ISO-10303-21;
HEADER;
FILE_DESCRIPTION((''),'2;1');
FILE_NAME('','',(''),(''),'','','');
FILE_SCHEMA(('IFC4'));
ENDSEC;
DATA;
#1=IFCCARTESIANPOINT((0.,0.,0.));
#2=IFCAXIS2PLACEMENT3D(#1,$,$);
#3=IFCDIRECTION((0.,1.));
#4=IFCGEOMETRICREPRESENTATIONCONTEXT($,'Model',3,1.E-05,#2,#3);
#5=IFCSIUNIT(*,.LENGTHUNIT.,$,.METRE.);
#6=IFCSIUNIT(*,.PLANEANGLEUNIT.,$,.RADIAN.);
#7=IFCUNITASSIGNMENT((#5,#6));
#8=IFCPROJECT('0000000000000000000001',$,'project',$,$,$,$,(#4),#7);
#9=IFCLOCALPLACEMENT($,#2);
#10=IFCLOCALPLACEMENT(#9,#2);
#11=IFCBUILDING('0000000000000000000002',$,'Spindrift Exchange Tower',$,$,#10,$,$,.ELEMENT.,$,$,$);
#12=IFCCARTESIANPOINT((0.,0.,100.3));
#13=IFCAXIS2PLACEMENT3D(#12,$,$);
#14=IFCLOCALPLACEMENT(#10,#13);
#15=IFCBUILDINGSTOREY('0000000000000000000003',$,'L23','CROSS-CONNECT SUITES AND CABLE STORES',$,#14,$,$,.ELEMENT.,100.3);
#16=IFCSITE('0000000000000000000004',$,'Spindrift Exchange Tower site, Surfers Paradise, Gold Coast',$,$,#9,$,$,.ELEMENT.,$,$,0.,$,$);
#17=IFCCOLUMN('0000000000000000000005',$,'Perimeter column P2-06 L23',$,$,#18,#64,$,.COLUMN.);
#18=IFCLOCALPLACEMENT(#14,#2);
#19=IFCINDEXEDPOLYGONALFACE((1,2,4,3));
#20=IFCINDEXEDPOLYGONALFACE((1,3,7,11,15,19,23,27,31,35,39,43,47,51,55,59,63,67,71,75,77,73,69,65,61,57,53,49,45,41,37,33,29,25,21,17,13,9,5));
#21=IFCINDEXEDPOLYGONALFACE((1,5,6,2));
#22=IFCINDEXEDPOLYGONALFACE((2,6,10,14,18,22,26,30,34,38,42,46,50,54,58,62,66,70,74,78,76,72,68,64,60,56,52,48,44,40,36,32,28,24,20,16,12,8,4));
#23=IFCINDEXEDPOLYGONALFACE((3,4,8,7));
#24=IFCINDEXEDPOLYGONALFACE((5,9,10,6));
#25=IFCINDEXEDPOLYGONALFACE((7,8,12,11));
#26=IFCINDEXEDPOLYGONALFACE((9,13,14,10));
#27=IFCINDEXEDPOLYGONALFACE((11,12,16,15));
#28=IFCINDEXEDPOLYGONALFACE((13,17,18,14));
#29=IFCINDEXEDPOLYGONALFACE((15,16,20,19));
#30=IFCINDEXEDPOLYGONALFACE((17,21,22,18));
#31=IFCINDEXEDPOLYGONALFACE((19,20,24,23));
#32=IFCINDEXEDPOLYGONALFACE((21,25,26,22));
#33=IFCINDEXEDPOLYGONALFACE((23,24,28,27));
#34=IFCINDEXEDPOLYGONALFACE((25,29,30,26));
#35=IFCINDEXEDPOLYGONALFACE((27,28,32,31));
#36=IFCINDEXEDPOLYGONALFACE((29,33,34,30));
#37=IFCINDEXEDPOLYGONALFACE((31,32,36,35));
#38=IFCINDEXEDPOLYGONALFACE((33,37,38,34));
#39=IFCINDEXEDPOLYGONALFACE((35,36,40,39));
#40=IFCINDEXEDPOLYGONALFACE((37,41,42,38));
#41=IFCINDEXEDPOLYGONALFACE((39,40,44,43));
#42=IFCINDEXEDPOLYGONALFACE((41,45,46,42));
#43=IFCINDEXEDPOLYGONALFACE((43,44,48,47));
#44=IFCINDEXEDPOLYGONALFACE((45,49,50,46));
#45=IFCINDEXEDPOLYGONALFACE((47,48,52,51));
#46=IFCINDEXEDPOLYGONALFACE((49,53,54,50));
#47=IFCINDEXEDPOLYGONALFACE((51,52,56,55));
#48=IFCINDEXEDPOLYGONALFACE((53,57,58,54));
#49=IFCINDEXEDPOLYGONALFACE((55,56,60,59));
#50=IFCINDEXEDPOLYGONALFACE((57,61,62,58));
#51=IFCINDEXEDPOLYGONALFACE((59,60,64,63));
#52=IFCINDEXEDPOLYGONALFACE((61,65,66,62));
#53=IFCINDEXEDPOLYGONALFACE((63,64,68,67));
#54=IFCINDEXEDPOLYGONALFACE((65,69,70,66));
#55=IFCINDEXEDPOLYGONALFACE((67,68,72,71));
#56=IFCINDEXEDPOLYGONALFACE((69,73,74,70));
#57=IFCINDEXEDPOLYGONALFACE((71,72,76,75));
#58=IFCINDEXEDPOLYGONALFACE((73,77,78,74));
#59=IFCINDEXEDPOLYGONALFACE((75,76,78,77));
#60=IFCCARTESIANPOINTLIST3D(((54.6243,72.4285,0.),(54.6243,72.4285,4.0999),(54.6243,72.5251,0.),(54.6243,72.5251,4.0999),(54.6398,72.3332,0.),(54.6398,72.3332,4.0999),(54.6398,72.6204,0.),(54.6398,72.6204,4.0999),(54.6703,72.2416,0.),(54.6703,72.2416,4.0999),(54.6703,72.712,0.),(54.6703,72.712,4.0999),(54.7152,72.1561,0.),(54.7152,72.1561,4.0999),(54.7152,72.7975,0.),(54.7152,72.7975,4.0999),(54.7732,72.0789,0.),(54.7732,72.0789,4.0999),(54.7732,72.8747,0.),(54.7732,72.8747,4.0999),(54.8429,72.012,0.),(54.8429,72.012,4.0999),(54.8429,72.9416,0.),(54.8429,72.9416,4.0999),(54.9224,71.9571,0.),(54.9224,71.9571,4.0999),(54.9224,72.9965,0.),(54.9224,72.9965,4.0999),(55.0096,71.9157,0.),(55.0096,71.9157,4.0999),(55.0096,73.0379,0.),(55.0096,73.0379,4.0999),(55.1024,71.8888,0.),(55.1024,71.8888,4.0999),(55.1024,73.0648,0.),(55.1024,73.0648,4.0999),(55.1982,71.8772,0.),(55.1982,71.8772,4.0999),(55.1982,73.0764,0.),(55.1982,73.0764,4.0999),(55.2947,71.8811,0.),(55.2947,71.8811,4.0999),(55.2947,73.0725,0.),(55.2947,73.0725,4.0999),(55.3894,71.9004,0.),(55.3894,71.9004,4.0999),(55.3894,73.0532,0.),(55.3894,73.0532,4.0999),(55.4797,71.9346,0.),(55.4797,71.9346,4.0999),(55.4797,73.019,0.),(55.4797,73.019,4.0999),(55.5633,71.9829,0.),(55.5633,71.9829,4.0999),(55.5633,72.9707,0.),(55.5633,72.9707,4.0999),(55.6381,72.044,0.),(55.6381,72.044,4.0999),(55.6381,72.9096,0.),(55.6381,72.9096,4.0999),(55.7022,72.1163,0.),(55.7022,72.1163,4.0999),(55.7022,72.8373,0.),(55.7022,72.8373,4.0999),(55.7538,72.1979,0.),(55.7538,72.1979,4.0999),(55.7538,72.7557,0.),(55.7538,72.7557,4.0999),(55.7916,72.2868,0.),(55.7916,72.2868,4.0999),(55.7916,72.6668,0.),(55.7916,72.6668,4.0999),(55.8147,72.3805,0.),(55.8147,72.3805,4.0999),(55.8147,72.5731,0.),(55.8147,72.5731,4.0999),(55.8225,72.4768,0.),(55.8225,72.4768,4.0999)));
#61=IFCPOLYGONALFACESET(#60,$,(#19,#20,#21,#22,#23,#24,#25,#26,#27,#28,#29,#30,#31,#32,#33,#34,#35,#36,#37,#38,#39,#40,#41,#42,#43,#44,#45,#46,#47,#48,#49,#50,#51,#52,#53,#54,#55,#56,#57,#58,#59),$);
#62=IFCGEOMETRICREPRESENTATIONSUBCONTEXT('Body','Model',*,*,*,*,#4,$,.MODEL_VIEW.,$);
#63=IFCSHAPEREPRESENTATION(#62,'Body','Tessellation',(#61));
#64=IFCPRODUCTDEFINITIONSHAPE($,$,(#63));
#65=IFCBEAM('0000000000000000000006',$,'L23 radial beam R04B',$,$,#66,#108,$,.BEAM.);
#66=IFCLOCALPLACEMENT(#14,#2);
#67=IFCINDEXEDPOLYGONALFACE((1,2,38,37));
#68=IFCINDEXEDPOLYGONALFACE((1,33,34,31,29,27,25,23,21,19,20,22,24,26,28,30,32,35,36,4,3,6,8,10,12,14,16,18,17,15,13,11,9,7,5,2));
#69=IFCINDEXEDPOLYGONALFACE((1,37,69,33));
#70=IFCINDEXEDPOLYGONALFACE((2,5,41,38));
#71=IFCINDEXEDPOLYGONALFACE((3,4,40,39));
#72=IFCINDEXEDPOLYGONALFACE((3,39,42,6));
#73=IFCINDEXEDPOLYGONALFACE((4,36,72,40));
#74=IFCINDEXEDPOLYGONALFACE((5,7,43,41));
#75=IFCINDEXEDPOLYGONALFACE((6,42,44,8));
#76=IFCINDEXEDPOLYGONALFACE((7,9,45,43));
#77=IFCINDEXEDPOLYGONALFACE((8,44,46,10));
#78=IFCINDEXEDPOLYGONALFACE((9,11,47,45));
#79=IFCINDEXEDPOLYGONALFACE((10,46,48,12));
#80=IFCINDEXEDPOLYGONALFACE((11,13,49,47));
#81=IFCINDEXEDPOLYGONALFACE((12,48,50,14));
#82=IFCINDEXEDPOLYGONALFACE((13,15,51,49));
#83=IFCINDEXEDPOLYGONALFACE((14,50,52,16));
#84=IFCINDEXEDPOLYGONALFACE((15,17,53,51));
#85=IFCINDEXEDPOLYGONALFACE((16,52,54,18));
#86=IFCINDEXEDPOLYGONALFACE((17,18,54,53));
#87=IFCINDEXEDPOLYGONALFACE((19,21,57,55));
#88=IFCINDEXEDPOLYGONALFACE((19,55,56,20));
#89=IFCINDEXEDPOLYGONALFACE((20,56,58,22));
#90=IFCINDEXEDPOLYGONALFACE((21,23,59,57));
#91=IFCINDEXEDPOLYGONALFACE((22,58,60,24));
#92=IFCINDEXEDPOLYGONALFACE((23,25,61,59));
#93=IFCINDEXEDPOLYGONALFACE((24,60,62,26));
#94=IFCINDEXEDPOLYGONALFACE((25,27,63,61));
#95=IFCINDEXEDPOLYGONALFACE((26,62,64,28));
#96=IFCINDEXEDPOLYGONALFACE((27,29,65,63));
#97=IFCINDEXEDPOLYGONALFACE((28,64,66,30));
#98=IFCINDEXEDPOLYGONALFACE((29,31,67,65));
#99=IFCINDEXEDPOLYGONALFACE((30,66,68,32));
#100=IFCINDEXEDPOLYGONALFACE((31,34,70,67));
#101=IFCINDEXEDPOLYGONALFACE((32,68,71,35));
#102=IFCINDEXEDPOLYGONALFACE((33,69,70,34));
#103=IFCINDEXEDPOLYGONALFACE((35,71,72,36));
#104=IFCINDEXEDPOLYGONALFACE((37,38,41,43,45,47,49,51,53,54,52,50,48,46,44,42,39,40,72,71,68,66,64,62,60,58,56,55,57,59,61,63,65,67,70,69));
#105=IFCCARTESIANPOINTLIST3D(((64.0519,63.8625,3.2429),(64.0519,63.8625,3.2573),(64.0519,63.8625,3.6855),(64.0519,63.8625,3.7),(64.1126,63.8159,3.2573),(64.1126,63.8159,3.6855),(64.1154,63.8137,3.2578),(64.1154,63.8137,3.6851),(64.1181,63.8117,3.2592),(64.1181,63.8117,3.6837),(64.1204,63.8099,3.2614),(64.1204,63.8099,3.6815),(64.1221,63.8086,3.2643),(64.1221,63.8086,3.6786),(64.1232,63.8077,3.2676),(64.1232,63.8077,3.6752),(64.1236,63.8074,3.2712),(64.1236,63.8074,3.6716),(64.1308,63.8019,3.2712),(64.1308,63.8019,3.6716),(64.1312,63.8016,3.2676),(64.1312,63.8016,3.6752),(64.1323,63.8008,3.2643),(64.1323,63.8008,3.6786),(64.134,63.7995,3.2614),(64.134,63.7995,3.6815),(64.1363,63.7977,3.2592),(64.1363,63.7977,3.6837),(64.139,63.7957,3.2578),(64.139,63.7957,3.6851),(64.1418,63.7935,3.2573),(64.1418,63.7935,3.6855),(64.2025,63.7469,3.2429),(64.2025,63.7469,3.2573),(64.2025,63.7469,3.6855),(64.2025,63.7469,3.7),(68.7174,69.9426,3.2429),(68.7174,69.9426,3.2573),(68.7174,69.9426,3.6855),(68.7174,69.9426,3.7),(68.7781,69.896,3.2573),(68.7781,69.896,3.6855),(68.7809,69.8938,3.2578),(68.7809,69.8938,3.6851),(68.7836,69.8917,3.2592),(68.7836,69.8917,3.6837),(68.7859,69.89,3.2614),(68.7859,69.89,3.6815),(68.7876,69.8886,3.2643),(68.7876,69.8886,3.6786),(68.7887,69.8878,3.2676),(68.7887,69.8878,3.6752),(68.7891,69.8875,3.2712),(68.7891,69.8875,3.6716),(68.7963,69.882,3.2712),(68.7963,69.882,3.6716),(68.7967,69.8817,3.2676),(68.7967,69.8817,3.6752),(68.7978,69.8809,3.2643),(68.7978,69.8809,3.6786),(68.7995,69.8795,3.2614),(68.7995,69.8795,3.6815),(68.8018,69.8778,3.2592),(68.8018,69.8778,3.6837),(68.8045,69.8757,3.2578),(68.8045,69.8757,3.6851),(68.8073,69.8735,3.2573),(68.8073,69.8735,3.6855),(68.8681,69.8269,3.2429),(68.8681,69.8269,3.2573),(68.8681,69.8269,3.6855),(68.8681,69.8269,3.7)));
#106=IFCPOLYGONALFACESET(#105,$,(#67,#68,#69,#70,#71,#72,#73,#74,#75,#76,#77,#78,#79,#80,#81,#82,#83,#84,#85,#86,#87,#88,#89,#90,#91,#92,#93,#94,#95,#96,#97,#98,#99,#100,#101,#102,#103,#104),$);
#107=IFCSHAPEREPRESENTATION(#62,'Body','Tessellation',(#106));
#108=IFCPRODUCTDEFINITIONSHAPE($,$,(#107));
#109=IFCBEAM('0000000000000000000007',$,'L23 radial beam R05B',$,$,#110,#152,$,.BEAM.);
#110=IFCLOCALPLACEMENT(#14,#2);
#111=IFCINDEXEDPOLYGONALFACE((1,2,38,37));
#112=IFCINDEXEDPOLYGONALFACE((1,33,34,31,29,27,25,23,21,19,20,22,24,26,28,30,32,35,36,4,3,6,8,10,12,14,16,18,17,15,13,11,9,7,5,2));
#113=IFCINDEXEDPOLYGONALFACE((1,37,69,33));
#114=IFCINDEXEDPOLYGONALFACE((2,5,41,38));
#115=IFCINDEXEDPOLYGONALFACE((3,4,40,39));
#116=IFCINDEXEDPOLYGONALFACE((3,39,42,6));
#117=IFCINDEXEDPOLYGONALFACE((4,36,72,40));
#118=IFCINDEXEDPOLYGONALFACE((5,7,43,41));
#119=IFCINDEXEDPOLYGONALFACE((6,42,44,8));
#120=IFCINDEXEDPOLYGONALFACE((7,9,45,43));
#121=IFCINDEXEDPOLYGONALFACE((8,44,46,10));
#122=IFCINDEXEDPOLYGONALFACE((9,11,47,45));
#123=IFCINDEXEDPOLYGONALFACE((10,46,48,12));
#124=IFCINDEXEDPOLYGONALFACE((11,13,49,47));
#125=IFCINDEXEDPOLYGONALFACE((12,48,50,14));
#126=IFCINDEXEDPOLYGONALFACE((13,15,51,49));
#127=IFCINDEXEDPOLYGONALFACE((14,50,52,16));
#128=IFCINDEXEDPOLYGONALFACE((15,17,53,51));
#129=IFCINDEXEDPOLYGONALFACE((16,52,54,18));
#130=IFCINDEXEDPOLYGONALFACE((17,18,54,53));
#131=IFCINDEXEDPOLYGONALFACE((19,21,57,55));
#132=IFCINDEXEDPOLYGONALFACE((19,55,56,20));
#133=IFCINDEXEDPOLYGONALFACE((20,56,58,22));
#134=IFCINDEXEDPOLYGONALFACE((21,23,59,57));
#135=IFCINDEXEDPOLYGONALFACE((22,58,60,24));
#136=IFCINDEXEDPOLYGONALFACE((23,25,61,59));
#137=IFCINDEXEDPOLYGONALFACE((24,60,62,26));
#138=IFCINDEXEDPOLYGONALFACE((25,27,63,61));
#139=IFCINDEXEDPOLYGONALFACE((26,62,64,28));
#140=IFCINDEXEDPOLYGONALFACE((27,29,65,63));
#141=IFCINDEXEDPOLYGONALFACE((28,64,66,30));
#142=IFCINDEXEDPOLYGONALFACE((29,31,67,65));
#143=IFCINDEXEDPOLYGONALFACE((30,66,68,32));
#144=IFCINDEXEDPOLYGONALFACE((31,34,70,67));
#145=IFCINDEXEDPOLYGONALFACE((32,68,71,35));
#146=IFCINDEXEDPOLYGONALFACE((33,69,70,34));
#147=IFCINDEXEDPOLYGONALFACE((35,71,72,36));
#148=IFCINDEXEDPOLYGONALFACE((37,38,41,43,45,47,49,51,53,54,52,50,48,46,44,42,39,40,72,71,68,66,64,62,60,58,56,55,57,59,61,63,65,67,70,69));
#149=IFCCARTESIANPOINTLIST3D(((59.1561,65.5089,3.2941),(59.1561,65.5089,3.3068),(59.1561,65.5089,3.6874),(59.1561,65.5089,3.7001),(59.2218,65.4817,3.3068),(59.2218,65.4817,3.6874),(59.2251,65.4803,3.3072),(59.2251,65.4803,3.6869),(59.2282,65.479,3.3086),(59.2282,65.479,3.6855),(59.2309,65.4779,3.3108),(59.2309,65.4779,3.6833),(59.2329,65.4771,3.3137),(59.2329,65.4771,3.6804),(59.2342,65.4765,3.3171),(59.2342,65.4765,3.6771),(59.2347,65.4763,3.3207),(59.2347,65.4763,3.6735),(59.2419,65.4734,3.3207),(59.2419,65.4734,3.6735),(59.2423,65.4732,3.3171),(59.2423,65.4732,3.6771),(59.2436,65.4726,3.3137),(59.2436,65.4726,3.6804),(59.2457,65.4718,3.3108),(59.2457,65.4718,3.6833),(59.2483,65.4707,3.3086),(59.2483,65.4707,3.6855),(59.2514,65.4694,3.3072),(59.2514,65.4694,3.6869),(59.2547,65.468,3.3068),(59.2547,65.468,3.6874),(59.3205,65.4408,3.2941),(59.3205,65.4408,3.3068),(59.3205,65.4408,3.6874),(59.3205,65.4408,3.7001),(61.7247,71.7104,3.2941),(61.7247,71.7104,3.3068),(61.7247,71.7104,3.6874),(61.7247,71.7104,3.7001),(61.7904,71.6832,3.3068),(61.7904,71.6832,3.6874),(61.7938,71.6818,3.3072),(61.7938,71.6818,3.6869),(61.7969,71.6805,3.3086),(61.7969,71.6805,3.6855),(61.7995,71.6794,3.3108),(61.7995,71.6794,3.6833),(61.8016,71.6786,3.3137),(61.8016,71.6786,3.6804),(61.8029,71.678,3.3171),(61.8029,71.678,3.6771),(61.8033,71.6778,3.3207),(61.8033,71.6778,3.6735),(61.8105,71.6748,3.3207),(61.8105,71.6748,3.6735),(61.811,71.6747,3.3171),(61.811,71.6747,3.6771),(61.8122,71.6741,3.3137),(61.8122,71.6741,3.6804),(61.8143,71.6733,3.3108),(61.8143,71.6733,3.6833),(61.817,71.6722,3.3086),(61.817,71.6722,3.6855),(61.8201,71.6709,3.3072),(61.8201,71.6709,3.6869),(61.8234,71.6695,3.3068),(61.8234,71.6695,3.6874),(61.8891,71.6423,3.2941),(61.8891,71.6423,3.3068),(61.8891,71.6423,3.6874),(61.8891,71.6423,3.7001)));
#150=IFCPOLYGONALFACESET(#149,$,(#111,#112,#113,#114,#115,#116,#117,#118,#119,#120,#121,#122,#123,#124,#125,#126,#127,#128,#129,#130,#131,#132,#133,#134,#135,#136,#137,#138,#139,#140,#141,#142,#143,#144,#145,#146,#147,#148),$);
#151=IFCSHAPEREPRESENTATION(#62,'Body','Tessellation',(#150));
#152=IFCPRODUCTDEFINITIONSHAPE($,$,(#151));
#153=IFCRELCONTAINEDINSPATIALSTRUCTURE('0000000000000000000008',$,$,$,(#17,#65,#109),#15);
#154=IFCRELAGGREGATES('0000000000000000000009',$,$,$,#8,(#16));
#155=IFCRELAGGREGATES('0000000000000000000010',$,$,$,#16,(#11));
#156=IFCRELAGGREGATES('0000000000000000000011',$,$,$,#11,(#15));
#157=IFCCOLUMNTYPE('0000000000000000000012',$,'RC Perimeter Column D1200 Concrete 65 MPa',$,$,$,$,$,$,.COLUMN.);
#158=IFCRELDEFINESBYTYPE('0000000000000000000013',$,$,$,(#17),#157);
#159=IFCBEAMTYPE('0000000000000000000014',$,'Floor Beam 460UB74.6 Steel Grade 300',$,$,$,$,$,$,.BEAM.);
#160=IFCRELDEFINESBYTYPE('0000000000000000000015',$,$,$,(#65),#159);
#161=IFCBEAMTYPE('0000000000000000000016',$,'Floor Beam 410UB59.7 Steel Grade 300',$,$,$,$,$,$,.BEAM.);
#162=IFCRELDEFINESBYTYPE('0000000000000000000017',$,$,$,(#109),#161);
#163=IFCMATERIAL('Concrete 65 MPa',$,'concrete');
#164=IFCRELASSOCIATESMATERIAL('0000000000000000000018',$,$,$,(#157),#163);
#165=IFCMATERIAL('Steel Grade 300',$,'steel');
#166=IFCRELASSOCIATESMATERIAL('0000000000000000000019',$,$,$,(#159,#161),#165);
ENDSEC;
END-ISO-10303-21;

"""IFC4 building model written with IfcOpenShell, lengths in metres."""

from ifc_helpers import new_model, si_unit, direction, frame, origin, origin_2d, place, context, subcontext, project, spatial, circle, i_section, extrude, source, transform, mapped, material, material_profile, profile_set, type_object, element, save


model = new_model("IFC4")

# Units and contexts
model_context = context("Model", 3, precision=1e-05, world=origin(), true_north=direction((0.0, 1.0)))
body_context = subcontext(model_context, "Body", "Model", "MODEL_VIEW")
ifc_project = project(units=[si_unit("LENGTHUNIT", "METRE"), si_unit("PLANEANGLEUNIT", "RADIAN")], contexts=[model_context])

# Site, building, storey
site_placement = place(None, origin())
site = spatial("IfcSite", under=ifc_project, at=site_placement, Name="Spindrift Exchange Tower site, Surfers Paradise, Gold Coast", CompositionType="ELEMENT", RefElevation=0.0)
building_placement = place(site_placement, origin())
building = spatial("IfcBuilding", under=site, at=building_placement, Name="Spindrift Exchange Tower", CompositionType="ELEMENT")
storey_placement = place(building_placement, frame((0.0, 0.0, 100.3)))
storey = spatial("IfcBuildingStorey", under=building, at=storey_placement, Name="L23", Description="CROSS-CONNECT SUITES AND CABLE STORES", CompositionType="ELEMENT", Elevation=100.3)

# Column
ifc_material_1 = material(Name="Concrete 65 MPa", Category="concrete")
ifc_material_profile_1 = material_profile(ifc_material_1, circle(Radius=0.6001, at=origin_2d()), Name="RC D1200")
ifc_profile_set_1 = profile_set([ifc_material_profile_1], Name="Concrete 65 MPa")
column_type_1 = type_object("IfcColumnType", Name="RC Perimeter Column D1200 Concrete 65 MPa", PredefinedType="COLUMN", material=ifc_profile_set_1)
shared_shape_1 = source(origin(), body_context, "Body", "SweptSolid", [
    extrude(circle(Radius=0.6001, at=origin_2d()), origin(), (0.0, 0.0, 1.0), 4.0999),
])
for number, where, z_axis, x_axis, name in (
    (1, (55.2224, 72.4768, 0.0), (0.0, 0.0, 1.0), (1.0, 0.0, 0.0), "Perimeter column P2-06 L23"),
):
    element("IfcColumn", number, at=place(storey_placement, frame(where, z_axis=z_axis, x_axis=x_axis)), inside=storey, type_object=column_type_1, Name=name, PredefinedType="COLUMN", context=body_context, shape_type="MappedRepresentation", body=[
        mapped(shared_shape_1, transform((0.0, 0.0, 0.0), scale=1.0)),
    ])

# Beams
ifc_material_2 = material(Name="Steel Grade 300", Category="steel")
ifc_material_profile_2 = material_profile(ifc_material_2, i_section(OverallWidth=0.1899, OverallDepth=0.457, WebThickness=0.009, FlangeThickness=0.0144, FilletRadius=0.0139, at=origin_2d()), Name="460UB74.6")
ifc_profile_set_2 = profile_set([ifc_material_profile_2], Name="Steel Grade 300")
beam_type_1 = type_object("IfcBeamType", Name="Floor Beam 460UB74.6 Steel Grade 300", PredefinedType="BEAM", material=ifc_profile_set_2)
shared_shape_2 = source(origin(), body_context, "Body", "SweptSolid", [
    extrude(i_section(OverallWidth=0.1899, OverallDepth=0.457, WebThickness=0.009, FlangeThickness=0.0144, FilletRadius=0.0139, at=origin_2d()), origin(), (0.0, 0.0, 1.0), 7.6638),
])
beam_1_placement = place(storey_placement, frame((64.1272, 63.8047, 3.4714), z_axis=(0.608771, 0.793346, 0.0), x_axis=(-0.793346, 0.608771, 0.0)))
element("IfcBeam", 2, at=beam_1_placement, inside=storey, type_object=beam_type_1, Name="L23 radial beam R04B", PredefinedType="BEAM", context=body_context, shape_type="MappedRepresentation", body=[
    mapped(shared_shape_2, transform((0.0, 0.0, 0.0), scale=1.0)),
])
ifc_material_profile_3 = material_profile(ifc_material_2, i_section(OverallWidth=0.178, OverallDepth=0.406, WebThickness=0.0078, FlangeThickness=0.0127, FilletRadius=0.0139, at=origin_2d()), Name="410UB59.7")
ifc_profile_set_3 = profile_set([ifc_material_profile_3], Name="Steel Grade 300")
beam_type_2 = type_object("IfcBeamType", Name="Floor Beam 410UB59.7 Steel Grade 300", PredefinedType="BEAM", material=ifc_profile_set_3)
shared_shape_3 = source(origin(), body_context, "Body", "SweptSolid", [
    extrude(i_section(OverallWidth=0.178, OverallDepth=0.406, WebThickness=0.0078, FlangeThickness=0.0127, FilletRadius=0.0139, at=origin_2d()), origin(), (0.0, 0.0, 1.0), 6.7124),
])
beam_2_placement = place(storey_placement, frame((59.2383, 65.4749, 3.4971), z_axis=(0.38267, 0.923885, 0.0), x_axis=(-0.923885, 0.38267, 0.0)))
element("IfcBeam", 3, at=beam_2_placement, inside=storey, type_object=beam_type_2, Name="L23 radial beam R05B", PredefinedType="BEAM", context=body_context, shape_type="MappedRepresentation", body=[
    mapped(shared_shape_3, transform((0.0, 0.0, 0.0), scale=1.0)),
])

save(model, "model.ifc")
